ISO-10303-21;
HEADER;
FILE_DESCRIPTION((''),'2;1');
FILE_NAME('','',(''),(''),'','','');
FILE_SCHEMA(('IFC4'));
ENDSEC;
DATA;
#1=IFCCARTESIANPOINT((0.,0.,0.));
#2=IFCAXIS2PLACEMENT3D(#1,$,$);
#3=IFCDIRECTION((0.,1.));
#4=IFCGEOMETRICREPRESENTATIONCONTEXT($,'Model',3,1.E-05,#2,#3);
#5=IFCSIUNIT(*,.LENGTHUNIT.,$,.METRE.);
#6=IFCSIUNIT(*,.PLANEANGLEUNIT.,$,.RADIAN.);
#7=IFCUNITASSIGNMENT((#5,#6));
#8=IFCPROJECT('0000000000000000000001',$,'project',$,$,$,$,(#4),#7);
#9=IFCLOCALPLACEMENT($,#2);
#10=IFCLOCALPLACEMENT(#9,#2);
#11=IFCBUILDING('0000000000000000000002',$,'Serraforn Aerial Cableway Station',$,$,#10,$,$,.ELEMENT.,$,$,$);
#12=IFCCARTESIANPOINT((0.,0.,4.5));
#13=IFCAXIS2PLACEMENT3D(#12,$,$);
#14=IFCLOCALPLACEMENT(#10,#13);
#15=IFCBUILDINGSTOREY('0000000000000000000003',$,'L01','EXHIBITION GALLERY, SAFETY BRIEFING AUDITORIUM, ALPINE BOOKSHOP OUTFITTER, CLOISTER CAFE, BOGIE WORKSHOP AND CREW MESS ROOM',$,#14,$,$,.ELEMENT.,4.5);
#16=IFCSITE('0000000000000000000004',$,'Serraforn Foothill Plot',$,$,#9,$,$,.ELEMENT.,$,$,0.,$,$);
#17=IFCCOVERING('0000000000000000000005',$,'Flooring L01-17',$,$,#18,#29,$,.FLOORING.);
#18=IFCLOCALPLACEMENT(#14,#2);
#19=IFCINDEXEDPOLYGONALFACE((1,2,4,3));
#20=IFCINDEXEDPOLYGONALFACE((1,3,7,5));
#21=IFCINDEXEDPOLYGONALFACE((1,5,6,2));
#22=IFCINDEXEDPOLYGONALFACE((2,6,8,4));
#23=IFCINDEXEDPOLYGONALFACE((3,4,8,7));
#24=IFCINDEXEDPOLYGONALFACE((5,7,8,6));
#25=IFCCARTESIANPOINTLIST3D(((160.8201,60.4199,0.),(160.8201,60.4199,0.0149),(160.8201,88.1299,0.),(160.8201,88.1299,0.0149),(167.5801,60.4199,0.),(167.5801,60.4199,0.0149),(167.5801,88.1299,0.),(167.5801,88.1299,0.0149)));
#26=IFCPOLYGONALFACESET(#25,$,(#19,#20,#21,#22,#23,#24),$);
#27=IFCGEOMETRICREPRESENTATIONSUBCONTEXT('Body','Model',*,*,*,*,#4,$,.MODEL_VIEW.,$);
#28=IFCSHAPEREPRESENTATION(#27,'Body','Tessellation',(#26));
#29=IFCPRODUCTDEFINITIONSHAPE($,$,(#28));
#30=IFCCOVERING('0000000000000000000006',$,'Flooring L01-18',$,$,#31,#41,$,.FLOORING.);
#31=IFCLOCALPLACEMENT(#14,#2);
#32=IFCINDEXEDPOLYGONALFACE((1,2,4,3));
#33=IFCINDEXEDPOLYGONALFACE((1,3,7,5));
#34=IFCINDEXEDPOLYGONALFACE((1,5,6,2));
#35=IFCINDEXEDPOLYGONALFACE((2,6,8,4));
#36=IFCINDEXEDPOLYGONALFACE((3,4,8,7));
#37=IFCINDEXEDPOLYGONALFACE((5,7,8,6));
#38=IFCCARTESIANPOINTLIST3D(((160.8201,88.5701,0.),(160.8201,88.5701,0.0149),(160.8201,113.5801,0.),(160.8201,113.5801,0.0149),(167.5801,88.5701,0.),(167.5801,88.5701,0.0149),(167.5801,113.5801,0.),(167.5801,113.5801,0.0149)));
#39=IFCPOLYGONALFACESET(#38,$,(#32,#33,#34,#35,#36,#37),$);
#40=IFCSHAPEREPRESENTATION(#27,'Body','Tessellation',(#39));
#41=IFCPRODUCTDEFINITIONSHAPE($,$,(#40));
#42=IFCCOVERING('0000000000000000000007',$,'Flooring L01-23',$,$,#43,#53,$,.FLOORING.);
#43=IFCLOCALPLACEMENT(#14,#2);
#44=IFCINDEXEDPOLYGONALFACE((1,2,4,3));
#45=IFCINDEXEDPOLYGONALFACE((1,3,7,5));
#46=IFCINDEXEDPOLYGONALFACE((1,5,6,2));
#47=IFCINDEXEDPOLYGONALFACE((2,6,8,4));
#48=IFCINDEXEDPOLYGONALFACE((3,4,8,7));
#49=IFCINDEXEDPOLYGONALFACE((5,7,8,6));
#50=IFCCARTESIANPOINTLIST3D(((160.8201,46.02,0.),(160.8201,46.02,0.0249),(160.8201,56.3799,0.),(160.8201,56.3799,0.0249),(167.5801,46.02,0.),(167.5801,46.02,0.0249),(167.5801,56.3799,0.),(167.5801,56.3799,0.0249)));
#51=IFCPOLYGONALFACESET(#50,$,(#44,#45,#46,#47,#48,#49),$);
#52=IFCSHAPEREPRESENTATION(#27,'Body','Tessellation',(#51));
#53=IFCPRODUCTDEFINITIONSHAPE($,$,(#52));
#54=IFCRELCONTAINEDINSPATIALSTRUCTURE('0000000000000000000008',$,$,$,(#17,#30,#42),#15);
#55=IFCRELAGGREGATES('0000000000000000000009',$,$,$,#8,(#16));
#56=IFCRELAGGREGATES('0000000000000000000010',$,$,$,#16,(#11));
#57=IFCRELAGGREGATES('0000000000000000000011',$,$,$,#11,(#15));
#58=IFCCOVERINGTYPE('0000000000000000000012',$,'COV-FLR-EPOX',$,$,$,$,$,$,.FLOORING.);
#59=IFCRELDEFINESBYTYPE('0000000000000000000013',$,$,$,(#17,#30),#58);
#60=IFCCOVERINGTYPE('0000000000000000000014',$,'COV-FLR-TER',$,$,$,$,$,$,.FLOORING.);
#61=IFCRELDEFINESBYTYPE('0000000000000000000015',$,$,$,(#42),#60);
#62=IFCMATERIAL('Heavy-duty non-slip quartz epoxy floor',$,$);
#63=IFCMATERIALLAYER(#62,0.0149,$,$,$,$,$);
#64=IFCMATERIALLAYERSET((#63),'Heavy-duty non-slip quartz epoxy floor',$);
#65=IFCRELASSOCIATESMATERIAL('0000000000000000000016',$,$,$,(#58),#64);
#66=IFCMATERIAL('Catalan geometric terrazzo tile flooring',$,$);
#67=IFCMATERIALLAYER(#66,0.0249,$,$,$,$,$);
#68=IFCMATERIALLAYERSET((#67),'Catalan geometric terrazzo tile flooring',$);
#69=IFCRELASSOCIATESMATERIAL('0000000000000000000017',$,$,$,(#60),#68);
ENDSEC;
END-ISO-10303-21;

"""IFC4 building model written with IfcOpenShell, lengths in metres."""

from ifc_helpers import new_model, si_unit, direction, frame, origin, place, context, subcontext, project, spatial, polyline, outline, extrude, material, layer, layer_set, type_object, element, save


model = new_model("IFC4")

# Units and contexts
model_context = context("Model", 3, precision=1e-05, world=origin(), true_north=direction((0.0, 1.0)))
body_context = subcontext(model_context, "Body", "Model", "MODEL_VIEW")
ifc_project = project(units=[si_unit("LENGTHUNIT", "METRE"), si_unit("PLANEANGLEUNIT", "RADIAN")], contexts=[model_context])

# Site, building, storey
site_placement = place(None, origin())
site = spatial("IfcSite", under=ifc_project, at=site_placement, Name="Serraforn Foothill Plot", CompositionType="ELEMENT", RefElevation=0.0)
building_placement = place(site_placement, origin())
building = spatial("IfcBuilding", under=site, at=building_placement, Name="Serraforn Aerial Cableway Station", CompositionType="ELEMENT")
storey_placement = place(building_placement, frame((0.0, 0.0, 4.5)))
storey = spatial("IfcBuildingStorey", under=building, at=storey_placement, Name="L01", Description="EXHIBITION GALLERY, SAFETY BRIEFING AUDITORIUM, ALPINE BOOKSHOP OUTFITTER, CLOISTER CAFE, BOGIE WORKSHOP AND CREW MESS ROOM", CompositionType="ELEMENT", Elevation=4.5)

# Coverings
ifc_material_1 = material(Name="Heavy-duty non-slip quartz epoxy floor")
ifc_layer_1 = layer(ifc_material_1, 0.0149)
ifc_layer_set_1 = layer_set([ifc_layer_1], Name="Heavy-duty non-slip quartz epoxy floor")
covering_type_1 = type_object("IfcCoveringType", Name="COV-FLR-EPOX", PredefinedType="FLOORING", material=ifc_layer_set_1)
covering_1_placement = place(storey_placement, origin())
element("IfcCovering", 1, at=covering_1_placement, inside=storey, type_object=covering_type_1, Name="Flooring L01-17", PredefinedType="FLOORING", context=body_context, shape_type="SweptSolid", body=[
    extrude(outline(polyline([(160.8201, 60.4199), (160.8201, 88.1299), (167.5801, 88.1299), (167.5801, 60.4199), (160.8201, 60.4199)])), origin(), (0.0, 0.0, 1.0), 0.0149),
])
covering_2_placement = place(storey_placement, origin())
element("IfcCovering", 2, at=covering_2_placement, inside=storey, type_object=covering_type_1, Name="Flooring L01-18", PredefinedType="FLOORING", context=body_context, shape_type="SweptSolid", body=[
    extrude(outline(polyline([(160.8201, 88.5701), (160.8201, 113.5801), (167.5801, 113.5801), (167.5801, 88.5701), (160.8201, 88.5701)])), origin(), (0.0, 0.0, 1.0), 0.0149),
])
ifc_material_2 = material(Name="Catalan geometric terrazzo tile flooring")
ifc_layer_2 = layer(ifc_material_2, 0.0249)
ifc_layer_set_2 = layer_set([ifc_layer_2], Name="Catalan geometric terrazzo tile flooring")
covering_type_2 = type_object("IfcCoveringType", Name="COV-FLR-TER", PredefinedType="FLOORING", material=ifc_layer_set_2)
covering_3_placement = place(storey_placement, origin())
element("IfcCovering", 3, at=covering_3_placement, inside=storey, type_object=covering_type_2, Name="Flooring L01-23", PredefinedType="FLOORING", context=body_context, shape_type="SweptSolid", body=[
    extrude(outline(polyline([(160.8201, 46.02), (160.8201, 56.3799), (167.5801, 56.3799), (167.5801, 46.02), (160.8201, 46.02)])), origin(), (0.0, 0.0, 1.0), 0.0249),
])

save(model, "model.ifc")
